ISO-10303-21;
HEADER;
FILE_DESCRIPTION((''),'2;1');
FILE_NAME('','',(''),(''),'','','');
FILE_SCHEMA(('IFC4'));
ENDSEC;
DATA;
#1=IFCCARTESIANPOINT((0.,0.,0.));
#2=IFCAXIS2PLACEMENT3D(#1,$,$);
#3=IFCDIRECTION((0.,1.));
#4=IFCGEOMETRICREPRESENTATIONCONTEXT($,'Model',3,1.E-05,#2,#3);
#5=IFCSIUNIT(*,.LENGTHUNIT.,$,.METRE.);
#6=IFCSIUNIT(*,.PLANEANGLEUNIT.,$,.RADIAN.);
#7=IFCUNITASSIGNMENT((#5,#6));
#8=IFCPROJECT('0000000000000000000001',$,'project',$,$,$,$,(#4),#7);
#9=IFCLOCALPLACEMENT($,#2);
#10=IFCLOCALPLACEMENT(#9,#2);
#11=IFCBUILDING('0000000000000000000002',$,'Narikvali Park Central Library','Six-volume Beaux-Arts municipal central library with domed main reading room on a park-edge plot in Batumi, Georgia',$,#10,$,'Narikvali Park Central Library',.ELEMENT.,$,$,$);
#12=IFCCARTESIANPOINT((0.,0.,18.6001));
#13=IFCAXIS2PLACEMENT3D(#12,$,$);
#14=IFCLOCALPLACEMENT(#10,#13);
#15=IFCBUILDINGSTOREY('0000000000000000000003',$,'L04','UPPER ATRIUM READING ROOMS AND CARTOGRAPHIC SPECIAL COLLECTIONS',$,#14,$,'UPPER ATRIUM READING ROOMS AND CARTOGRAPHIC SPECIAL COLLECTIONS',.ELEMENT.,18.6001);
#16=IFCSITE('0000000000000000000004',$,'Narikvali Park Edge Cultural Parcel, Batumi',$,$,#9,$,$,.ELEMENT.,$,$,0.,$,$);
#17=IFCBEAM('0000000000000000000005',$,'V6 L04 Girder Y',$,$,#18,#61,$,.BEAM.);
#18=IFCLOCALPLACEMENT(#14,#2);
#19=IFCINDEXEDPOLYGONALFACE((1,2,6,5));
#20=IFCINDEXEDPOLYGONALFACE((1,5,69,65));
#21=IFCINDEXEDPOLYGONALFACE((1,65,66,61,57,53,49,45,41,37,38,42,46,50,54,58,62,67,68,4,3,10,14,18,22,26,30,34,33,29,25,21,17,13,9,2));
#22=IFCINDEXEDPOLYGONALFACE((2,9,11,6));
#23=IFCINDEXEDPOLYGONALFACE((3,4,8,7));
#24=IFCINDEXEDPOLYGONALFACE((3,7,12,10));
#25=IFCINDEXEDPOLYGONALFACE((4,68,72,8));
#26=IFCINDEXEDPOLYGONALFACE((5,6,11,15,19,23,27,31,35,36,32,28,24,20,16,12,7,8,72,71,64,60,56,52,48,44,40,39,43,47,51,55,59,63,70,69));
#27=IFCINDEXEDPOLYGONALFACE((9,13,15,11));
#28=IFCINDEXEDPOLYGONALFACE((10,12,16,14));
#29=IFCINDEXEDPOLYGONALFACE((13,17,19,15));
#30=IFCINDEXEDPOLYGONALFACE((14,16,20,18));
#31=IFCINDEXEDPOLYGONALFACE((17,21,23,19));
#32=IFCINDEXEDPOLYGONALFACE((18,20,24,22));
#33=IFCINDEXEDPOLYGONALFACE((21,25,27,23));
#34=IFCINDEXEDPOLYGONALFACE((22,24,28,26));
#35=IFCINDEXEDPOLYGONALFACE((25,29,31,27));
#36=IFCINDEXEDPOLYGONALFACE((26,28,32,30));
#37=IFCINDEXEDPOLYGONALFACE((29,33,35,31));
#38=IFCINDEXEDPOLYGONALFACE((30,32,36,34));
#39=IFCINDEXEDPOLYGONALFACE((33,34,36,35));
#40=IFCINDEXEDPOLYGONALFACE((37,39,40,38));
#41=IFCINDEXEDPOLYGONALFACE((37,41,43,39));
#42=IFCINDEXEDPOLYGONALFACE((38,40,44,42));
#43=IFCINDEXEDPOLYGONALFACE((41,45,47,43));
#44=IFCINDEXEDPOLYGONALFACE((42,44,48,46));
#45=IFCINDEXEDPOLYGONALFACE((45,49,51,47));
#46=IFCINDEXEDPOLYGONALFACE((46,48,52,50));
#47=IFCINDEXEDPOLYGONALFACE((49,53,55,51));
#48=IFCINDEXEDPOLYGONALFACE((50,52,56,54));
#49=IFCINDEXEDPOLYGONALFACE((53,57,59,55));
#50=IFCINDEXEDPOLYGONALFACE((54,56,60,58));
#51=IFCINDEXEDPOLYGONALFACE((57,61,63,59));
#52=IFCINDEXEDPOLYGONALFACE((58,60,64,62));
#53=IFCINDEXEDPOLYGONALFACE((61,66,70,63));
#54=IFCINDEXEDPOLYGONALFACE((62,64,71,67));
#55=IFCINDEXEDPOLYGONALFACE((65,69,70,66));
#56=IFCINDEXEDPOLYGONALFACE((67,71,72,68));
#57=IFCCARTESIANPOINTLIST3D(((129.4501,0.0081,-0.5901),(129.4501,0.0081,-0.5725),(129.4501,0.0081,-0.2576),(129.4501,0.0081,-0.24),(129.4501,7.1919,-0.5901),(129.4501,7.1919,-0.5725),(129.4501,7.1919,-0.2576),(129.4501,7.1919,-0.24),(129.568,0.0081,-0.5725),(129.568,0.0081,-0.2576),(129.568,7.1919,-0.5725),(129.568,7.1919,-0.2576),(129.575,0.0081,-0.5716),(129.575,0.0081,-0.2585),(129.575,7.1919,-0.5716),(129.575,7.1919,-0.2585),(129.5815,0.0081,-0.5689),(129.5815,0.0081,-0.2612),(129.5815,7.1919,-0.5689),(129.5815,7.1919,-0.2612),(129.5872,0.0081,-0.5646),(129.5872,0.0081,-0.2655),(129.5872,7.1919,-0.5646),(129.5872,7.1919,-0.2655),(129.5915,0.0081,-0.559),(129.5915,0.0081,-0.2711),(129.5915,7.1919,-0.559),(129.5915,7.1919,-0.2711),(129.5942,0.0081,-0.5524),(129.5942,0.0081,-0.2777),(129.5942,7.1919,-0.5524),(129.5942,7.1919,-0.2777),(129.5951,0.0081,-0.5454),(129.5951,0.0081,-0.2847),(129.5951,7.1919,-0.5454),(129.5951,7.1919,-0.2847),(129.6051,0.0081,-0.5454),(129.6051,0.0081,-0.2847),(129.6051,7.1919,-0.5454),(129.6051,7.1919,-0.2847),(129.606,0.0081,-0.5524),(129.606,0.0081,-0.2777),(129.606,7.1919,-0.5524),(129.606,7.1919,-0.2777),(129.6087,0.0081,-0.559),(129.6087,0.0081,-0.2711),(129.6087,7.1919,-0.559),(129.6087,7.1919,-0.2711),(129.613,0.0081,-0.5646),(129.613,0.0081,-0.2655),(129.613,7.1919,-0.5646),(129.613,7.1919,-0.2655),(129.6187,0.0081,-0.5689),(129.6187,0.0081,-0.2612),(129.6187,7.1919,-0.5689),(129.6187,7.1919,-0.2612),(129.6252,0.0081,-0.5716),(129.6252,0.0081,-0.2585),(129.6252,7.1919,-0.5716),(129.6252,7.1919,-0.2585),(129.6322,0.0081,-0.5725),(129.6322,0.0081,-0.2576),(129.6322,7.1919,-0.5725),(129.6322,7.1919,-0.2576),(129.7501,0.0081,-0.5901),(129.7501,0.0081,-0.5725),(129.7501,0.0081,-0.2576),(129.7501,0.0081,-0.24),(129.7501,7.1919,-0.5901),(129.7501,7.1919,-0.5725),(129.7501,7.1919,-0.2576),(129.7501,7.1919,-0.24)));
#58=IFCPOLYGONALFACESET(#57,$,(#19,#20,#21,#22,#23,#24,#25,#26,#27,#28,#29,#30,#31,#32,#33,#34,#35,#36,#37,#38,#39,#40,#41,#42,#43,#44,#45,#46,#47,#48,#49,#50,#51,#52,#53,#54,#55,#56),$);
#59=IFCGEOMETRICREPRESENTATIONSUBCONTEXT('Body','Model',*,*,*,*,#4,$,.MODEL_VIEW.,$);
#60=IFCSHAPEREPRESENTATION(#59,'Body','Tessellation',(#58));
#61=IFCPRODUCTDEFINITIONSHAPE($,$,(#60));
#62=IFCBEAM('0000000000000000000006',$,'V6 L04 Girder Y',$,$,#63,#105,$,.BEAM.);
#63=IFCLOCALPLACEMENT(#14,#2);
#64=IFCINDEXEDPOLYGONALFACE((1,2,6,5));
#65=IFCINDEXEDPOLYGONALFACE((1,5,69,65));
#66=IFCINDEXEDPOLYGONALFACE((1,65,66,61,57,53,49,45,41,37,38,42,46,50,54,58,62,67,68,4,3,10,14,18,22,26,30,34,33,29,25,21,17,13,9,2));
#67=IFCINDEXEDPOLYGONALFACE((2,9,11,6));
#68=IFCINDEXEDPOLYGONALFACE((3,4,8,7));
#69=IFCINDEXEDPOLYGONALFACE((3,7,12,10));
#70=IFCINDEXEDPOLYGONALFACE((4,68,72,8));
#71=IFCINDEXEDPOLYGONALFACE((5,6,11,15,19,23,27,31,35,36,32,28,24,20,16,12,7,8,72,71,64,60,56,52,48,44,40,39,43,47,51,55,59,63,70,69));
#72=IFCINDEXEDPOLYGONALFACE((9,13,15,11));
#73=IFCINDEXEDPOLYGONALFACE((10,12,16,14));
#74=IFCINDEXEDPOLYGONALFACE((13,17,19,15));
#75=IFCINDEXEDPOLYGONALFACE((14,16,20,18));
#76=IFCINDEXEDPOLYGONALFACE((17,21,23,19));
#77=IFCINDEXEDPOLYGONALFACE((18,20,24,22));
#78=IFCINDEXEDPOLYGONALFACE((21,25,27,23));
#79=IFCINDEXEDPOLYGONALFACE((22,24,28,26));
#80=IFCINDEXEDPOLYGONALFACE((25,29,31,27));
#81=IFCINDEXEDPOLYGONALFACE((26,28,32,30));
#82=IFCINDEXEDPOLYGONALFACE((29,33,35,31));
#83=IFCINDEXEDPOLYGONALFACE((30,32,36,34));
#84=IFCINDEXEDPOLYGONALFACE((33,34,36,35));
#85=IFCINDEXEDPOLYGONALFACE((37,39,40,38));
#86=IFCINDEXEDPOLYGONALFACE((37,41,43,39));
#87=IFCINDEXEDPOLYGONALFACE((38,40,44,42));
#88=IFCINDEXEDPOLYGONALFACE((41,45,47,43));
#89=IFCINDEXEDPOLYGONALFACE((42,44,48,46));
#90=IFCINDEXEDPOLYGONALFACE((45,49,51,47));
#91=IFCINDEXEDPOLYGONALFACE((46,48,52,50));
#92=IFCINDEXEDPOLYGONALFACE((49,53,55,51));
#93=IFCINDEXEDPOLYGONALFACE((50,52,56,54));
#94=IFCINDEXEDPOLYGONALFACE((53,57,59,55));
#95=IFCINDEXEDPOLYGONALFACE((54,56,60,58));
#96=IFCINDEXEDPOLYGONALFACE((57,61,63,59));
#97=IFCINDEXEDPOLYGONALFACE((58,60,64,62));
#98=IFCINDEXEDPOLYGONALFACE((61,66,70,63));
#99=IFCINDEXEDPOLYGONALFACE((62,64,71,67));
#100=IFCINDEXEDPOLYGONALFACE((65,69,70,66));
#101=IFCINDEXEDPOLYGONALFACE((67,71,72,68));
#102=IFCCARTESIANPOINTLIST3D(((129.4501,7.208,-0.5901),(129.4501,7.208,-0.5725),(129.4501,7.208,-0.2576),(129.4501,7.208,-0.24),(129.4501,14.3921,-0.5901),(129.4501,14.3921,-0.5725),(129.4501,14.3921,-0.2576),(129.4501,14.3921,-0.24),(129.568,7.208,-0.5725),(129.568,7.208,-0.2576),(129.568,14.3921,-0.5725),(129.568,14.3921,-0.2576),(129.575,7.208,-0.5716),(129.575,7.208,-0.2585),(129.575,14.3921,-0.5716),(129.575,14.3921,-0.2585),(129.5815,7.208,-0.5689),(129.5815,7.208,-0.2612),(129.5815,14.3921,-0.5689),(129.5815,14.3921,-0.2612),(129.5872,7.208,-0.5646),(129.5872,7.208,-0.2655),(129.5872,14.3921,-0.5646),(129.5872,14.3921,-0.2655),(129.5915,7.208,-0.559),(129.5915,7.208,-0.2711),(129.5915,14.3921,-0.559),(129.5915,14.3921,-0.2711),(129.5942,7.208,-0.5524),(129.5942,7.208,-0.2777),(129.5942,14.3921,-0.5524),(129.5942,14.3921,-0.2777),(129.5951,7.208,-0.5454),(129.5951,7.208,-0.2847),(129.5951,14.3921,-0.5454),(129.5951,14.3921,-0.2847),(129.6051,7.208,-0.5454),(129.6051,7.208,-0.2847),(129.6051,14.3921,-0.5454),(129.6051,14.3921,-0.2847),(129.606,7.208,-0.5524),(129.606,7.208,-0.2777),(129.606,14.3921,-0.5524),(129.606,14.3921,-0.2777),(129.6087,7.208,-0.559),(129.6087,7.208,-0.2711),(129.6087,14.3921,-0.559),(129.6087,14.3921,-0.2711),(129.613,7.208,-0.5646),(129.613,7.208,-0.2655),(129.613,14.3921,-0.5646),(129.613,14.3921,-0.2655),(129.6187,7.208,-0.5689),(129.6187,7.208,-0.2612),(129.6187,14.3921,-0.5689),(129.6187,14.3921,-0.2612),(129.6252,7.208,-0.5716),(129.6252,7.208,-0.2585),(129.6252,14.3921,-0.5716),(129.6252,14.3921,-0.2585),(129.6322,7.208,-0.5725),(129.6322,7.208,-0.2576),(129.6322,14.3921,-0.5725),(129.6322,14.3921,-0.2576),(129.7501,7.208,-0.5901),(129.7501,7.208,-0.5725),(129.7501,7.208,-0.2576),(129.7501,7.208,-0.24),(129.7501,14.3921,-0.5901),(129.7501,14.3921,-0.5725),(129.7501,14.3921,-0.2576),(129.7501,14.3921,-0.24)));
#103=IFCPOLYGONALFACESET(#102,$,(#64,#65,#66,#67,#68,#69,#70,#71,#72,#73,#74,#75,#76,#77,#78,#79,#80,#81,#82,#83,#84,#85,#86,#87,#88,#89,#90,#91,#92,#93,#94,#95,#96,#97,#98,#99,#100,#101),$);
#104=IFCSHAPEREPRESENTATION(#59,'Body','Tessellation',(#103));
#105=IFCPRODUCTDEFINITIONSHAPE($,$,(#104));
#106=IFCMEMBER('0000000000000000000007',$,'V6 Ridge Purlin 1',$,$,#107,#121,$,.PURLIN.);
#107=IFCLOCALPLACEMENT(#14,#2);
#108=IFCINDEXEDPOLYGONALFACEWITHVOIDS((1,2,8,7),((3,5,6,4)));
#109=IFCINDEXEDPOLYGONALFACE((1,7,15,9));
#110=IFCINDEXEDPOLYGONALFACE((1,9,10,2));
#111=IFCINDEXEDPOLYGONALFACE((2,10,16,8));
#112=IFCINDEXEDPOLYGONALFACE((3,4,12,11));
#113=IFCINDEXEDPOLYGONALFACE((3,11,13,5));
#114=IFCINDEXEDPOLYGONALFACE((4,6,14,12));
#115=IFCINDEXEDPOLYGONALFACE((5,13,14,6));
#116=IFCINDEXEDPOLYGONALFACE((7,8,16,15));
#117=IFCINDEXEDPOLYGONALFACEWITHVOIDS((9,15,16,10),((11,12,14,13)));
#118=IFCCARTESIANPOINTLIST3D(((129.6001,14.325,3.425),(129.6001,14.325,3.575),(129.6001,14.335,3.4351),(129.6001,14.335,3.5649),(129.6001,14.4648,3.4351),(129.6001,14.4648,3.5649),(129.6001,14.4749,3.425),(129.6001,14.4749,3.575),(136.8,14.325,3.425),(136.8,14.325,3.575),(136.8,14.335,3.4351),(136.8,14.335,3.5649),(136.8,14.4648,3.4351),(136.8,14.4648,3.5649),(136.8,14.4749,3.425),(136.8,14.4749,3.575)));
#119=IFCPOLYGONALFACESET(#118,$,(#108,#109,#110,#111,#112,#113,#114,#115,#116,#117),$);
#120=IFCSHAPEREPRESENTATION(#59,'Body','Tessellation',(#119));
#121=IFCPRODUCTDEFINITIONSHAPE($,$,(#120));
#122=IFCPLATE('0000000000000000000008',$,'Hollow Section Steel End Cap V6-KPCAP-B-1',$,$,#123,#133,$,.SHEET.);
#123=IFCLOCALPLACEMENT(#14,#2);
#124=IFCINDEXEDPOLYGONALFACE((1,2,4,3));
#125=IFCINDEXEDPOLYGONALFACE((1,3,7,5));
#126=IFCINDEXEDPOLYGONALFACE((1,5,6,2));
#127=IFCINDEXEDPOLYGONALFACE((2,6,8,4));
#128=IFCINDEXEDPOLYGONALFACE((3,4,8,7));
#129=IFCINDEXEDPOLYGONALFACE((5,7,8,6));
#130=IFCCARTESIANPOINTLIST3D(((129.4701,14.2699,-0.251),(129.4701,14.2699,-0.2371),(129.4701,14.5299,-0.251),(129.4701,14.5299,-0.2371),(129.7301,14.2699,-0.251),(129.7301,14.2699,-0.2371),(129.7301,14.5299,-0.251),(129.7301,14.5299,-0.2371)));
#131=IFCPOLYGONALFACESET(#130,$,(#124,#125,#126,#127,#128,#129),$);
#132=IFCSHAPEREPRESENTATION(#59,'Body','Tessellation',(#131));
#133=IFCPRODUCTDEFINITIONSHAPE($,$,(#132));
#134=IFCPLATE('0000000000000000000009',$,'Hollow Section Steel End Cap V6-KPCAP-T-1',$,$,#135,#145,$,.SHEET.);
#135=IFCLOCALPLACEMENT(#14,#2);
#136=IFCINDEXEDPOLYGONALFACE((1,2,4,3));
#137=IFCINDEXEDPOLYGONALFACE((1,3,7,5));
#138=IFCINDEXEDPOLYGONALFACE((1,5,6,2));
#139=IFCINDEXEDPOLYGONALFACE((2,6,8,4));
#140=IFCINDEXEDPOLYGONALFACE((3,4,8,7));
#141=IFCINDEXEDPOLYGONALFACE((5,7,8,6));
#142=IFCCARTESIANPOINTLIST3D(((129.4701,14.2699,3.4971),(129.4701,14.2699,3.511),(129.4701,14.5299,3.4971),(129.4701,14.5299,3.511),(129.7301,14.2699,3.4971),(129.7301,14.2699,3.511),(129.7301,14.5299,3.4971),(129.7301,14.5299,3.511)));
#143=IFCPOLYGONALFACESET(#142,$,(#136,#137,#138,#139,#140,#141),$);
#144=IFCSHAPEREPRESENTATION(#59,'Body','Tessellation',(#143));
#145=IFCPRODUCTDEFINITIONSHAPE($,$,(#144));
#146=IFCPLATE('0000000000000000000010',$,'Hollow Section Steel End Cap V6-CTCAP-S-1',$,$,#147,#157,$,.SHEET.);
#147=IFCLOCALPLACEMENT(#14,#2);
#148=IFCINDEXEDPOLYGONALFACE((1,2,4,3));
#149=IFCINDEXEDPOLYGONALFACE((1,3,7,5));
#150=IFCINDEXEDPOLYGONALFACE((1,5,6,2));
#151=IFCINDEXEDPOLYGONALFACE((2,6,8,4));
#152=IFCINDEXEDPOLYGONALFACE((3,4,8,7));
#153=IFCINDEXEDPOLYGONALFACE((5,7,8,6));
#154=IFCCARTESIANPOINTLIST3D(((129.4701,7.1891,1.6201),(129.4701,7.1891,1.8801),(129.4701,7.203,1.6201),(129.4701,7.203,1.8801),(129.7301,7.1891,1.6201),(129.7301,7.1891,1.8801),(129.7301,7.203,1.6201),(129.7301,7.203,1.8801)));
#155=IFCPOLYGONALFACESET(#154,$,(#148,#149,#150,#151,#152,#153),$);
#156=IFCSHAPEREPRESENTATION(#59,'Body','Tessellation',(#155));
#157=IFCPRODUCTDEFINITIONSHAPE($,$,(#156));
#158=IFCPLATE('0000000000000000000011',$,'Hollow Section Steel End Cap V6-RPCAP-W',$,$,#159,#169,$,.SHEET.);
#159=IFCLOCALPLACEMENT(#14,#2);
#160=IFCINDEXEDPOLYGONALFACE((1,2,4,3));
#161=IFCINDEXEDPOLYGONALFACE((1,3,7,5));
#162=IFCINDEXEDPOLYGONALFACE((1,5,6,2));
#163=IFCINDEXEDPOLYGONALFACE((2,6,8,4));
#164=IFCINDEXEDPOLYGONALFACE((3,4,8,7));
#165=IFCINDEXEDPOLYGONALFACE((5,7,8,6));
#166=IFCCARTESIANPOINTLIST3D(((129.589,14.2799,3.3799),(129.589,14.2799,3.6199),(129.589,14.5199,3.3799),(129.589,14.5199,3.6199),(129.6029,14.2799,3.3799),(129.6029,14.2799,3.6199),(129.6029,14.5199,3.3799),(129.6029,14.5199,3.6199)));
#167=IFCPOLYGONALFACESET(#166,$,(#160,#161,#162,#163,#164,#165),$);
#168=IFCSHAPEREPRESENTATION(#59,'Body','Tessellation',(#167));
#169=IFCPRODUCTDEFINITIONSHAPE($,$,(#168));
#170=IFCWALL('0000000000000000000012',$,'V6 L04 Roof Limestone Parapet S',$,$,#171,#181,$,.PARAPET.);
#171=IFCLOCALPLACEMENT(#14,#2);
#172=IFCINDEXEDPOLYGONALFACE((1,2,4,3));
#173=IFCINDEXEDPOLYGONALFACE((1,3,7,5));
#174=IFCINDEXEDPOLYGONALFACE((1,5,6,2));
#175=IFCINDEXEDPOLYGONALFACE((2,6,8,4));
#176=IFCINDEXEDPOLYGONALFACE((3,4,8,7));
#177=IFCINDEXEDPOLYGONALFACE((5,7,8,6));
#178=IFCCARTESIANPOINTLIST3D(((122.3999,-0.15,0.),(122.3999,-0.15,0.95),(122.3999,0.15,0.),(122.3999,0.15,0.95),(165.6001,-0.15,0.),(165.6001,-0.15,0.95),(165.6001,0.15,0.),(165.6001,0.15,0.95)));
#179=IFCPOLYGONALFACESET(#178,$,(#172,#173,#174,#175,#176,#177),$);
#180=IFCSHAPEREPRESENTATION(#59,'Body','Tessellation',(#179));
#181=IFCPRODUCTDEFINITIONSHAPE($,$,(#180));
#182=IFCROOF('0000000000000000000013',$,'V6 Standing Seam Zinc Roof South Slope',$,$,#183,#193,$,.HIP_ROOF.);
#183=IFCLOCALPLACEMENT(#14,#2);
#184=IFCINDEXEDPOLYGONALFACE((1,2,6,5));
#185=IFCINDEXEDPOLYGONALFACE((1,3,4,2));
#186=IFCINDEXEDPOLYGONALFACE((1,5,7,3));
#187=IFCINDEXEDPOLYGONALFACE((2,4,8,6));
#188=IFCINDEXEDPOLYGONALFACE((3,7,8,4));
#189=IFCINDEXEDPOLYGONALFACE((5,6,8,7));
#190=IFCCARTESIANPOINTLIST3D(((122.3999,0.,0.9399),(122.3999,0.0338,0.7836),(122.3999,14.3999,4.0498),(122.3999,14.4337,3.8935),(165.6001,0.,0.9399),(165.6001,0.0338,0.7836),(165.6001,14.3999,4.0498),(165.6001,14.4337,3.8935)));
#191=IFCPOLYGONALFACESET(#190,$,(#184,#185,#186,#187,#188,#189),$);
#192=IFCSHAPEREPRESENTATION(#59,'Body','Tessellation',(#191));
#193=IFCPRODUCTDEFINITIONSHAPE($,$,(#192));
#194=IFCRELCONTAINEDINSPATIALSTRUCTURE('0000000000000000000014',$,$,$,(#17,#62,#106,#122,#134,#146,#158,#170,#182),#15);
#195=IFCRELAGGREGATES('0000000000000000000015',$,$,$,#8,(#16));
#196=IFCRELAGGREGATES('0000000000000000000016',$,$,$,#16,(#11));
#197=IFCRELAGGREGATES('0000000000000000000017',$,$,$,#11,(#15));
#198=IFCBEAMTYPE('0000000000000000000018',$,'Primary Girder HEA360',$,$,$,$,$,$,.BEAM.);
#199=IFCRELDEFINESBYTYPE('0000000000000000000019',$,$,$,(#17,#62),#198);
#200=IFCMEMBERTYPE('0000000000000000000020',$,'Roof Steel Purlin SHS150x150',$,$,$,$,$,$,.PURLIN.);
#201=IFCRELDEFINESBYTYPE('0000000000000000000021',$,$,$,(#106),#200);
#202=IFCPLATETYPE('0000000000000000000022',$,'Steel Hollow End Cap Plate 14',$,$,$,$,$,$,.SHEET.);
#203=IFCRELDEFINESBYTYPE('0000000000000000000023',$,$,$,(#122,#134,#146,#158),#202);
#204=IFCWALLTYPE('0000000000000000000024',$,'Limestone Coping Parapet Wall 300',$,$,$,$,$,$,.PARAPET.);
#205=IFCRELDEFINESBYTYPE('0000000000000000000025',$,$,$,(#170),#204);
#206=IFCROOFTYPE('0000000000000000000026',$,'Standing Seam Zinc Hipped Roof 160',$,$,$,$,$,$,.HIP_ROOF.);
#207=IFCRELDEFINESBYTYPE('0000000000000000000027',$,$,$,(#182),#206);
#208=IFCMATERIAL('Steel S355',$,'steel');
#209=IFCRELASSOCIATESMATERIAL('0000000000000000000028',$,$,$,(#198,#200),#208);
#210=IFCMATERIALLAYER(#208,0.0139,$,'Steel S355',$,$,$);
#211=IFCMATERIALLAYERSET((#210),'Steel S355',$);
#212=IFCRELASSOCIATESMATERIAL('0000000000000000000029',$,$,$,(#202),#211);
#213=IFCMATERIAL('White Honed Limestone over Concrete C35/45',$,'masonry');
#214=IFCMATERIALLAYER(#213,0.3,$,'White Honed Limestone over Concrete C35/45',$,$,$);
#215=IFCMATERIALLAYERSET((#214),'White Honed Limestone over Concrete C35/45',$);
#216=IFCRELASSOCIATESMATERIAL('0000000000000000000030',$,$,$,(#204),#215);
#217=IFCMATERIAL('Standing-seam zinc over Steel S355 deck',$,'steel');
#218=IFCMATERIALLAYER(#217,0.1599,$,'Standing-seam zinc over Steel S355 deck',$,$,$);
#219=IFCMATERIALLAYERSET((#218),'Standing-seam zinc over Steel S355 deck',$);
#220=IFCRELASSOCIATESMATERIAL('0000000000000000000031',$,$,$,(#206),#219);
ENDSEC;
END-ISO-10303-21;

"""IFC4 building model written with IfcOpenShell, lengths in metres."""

from ifc_helpers import new_model, si_unit, direction, frame, frame_2d, origin, origin_2d, place, context, subcontext, project, spatial, polyline, rectangle, hollow_rectangle, i_section, outline, extrude, material, layer, layer_set, material_profile, profile_set, type_object, element, save


model = new_model("IFC4")

# Units and contexts
model_context = context("Model", 3, precision=1e-05, world=origin(), true_north=direction((0.0, 1.0)))
body_context = subcontext(model_context, "Body", "Model", "MODEL_VIEW")
ifc_project = project(units=[si_unit("LENGTHUNIT", "METRE"), si_unit("PLANEANGLEUNIT", "RADIAN")], contexts=[model_context])

# Site, building, storey
site_placement = place(None, origin())
site = spatial("IfcSite", under=ifc_project, at=site_placement, Name="Narikvali Park Edge Cultural Parcel, Batumi", CompositionType="ELEMENT", RefElevation=0.0)
building_placement = place(site_placement, origin())
building = spatial("IfcBuilding", under=site, at=building_placement, Name="Narikvali Park Central Library", Description="Six-volume Beaux-Arts municipal central library with domed main reading room on a park-edge plot in Batumi, Georgia", LongName="Narikvali Park Central Library", CompositionType="ELEMENT")
storey_placement = place(building_placement, frame((0.0, 0.0, 18.6001)))
storey = spatial("IfcBuildingStorey", under=building, at=storey_placement, Name="L04", Description="UPPER ATRIUM READING ROOMS AND CARTOGRAPHIC SPECIAL COLLECTIONS", LongName="UPPER ATRIUM READING ROOMS AND CARTOGRAPHIC SPECIAL COLLECTIONS", CompositionType="ELEMENT", Elevation=18.6001)

# Shared definitions
ifc_material_1 = material(Name="Steel S355", Category="steel")

# Beams
ifc_material_profile_1 = material_profile(ifc_material_1, i_section(OverallWidth=0.3, OverallDepth=0.3501, WebThickness=0.01, FlangeThickness=0.0176, FilletRadius=0.0271, at=origin_2d()), Name="HEA 360")
ifc_profile_set_1 = profile_set([ifc_material_profile_1], Name="Steel S355")
beam_type_1 = type_object("IfcBeamType", Name="Primary Girder HEA360", PredefinedType="BEAM", material=ifc_profile_set_1)
beam_1_placement = place(storey_placement, frame((129.6001, 0.0081, -0.415), z_axis=(0.0, 1.0, 0.0), x_axis=(-1.0, 0.0, 0.0)))
element("IfcBeam", 1, at=beam_1_placement, inside=storey, type_object=beam_type_1, Name="V6 L04 Girder Y", PredefinedType="BEAM", context=body_context, shape_type="SweptSolid", body=[
    extrude(i_section(OverallWidth=0.3, OverallDepth=0.3501, WebThickness=0.01, FlangeThickness=0.0176, FilletRadius=0.0271, at=origin_2d()), origin(), (0.0, 0.0, 1.0), 7.1838),
])
beam_2_placement = place(storey_placement, frame((129.6001, 7.208, -0.415), z_axis=(0.0, 1.0, 0.0), x_axis=(-1.0, 0.0, 0.0)))
element("IfcBeam", 2, at=beam_2_placement, inside=storey, type_object=beam_type_1, Name="V6 L04 Girder Y", PredefinedType="BEAM", context=body_context, shape_type="SweptSolid", body=[
    extrude(i_section(OverallWidth=0.3, OverallDepth=0.3501, WebThickness=0.01, FlangeThickness=0.0176, FilletRadius=0.0271, at=origin_2d()), origin(), (0.0, 0.0, 1.0), 7.1841),
])

# Member
ifc_material_profile_2 = material_profile(ifc_material_1, hollow_rectangle(XDim=0.1499, YDim=0.1499, WallThickness=0.01, at=origin_2d()), Name="SHS 150x150x10")
ifc_profile_set_2 = profile_set([ifc_material_profile_2], Name="Steel S355")
member_type_1 = type_object("IfcMemberType", Name="Roof Steel Purlin SHS150x150", PredefinedType="PURLIN", material=ifc_profile_set_2)
member_1_placement = place(storey_placement, frame((129.6001, 14.3999, 3.5), z_axis=(1.0, 0.0, 0.0), x_axis=(0.0, 1.0, 0.0)))
element("IfcMember", 3, at=member_1_placement, inside=storey, type_object=member_type_1, Name="V6 Ridge Purlin 1", PredefinedType="PURLIN", context=body_context, shape_type="SweptSolid", body=[
    extrude(hollow_rectangle(XDim=0.1499, YDim=0.1499, WallThickness=0.01, at=origin_2d()), origin(), (0.0, 0.0, 1.0), 7.2),
])

# Plates
ifc_layer_1 = layer(ifc_material_1, 0.0139, Name="Steel S355")
ifc_layer_set_1 = layer_set([ifc_layer_1], Name="Steel S355")
plate_type = type_object("IfcPlateType", Name="Steel Hollow End Cap Plate 14", PredefinedType="SHEET", material=ifc_layer_set_1)
for number, where, z_axis, x_axis, name in (
    (4, (129.6001, 14.3999, -0.251), (0.0, 0.0, 1.0), (1.0, 0.0, 0.0), "Hollow Section Steel End Cap V6-KPCAP-B-1"),
    (5, (129.6001, 14.3999, 3.4971), (0.0, 0.0, 1.0), (1.0, 0.0, 0.0), "Hollow Section Steel End Cap V6-KPCAP-T-1"),
):
    element("IfcPlate", number, at=place(storey_placement, frame(where, z_axis=z_axis, x_axis=x_axis)), inside=storey, type_object=plate_type, Name=name, PredefinedType="SHEET", context=body_context, shape_type="SweptSolid", body=[
        extrude(rectangle(XDim=0.26, YDim=0.26, at=origin_2d()), origin(), (0.0, 0.0, 1.0), 0.0139),
    ])
plate_1_placement = place(storey_placement, frame((129.6001, 7.196, 1.6201), z_axis=(0.0, 0.0, 1.0), x_axis=(-1.0, 0.0, 0.0)))
element("IfcPlate", 6, at=plate_1_placement, inside=storey, type_object=plate_type, Name="Hollow Section Steel End Cap V6-CTCAP-S-1", PredefinedType="SHEET", context=body_context, shape_type="SweptSolid", body=[
    extrude(rectangle(XDim=0.26, YDim=0.0139, at=origin_2d()), origin(), (0.0, 0.0, 1.0), 0.26),
])
plate_2_placement = place(storey_placement, frame((129.5959, 14.3999, 3.3799), z_axis=(0.0, 0.0, 1.0), x_axis=(-1.0, 0.0, 0.0)))
element("IfcPlate", 7, at=plate_2_placement, inside=storey, type_object=plate_type, Name="Hollow Section Steel End Cap V6-RPCAP-W", PredefinedType="SHEET", context=body_context, shape_type="SweptSolid", body=[
    extrude(rectangle(XDim=0.0139, YDim=0.24, at=origin_2d()), origin(), (0.0, 0.0, 1.0), 0.24),
])

# Wall
ifc_material_2 = material(Name="White Honed Limestone over Concrete C35/45", Category="masonry")
ifc_layer_2 = layer(ifc_material_2, 0.3, Name="White Honed Limestone over Concrete C35/45")
ifc_layer_set_2 = layer_set([ifc_layer_2], Name="White Honed Limestone over Concrete C35/45")
wall_type = type_object("IfcWallType", Name="Limestone Coping Parapet Wall 300", PredefinedType="PARAPET", material=ifc_layer_set_2)
wall_placement = place(storey_placement, frame((122.3999, 0.0, 0.0), z_axis=(0.0, 0.0, 1.0), x_axis=(1.0, 0.0, 0.0)))
element("IfcWall", 8, at=wall_placement, inside=storey, type_object=wall_type, Name="V6 L04 Roof Limestone Parapet S", PredefinedType="PARAPET", context=body_context, shape_type="SweptSolid", body=[
    extrude(rectangle(XDim=43.2002, YDim=0.3, at=frame_2d((21.6001, 0.0))), origin(), (0.0, 0.0, 1.0), 0.95),
])

# Roof
ifc_material_3 = material(Name="Standing-seam zinc over Steel S355 deck", Category="steel")
ifc_layer_3 = layer(ifc_material_3, 0.1599, Name="Standing-seam zinc over Steel S355 deck")
ifc_layer_set_3 = layer_set([ifc_layer_3], Name="Standing-seam zinc over Steel S355 deck")
roof_type = type_object("IfcRoofType", Name="Standing Seam Zinc Hipped Roof 160", PredefinedType="HIP_ROOF", material=ifc_layer_set_3)
roof_1_placement = place(storey_placement, frame((122.3999, 0.0, 0.9399), z_axis=(0.0, -0.211097, 0.977465), x_axis=(1.0, 0.0, 0.0)))
element("IfcRoof", 9, at=roof_1_placement, inside=storey, type_object=roof_type, Name="V6 Standing Seam Zinc Roof South Slope", PredefinedType="HIP_ROOF", context=body_context, shape_type="SweptSolid", body=[
    extrude(outline(polyline([(0.0, 0.0), (43.2002, 0.0), (43.2002, 14.7319), (0.0, 14.7319), (0.0, 0.0)])), origin(), (0.0, 0.0, -1.0), 0.1599),
])

save(model, "model.ifc")
